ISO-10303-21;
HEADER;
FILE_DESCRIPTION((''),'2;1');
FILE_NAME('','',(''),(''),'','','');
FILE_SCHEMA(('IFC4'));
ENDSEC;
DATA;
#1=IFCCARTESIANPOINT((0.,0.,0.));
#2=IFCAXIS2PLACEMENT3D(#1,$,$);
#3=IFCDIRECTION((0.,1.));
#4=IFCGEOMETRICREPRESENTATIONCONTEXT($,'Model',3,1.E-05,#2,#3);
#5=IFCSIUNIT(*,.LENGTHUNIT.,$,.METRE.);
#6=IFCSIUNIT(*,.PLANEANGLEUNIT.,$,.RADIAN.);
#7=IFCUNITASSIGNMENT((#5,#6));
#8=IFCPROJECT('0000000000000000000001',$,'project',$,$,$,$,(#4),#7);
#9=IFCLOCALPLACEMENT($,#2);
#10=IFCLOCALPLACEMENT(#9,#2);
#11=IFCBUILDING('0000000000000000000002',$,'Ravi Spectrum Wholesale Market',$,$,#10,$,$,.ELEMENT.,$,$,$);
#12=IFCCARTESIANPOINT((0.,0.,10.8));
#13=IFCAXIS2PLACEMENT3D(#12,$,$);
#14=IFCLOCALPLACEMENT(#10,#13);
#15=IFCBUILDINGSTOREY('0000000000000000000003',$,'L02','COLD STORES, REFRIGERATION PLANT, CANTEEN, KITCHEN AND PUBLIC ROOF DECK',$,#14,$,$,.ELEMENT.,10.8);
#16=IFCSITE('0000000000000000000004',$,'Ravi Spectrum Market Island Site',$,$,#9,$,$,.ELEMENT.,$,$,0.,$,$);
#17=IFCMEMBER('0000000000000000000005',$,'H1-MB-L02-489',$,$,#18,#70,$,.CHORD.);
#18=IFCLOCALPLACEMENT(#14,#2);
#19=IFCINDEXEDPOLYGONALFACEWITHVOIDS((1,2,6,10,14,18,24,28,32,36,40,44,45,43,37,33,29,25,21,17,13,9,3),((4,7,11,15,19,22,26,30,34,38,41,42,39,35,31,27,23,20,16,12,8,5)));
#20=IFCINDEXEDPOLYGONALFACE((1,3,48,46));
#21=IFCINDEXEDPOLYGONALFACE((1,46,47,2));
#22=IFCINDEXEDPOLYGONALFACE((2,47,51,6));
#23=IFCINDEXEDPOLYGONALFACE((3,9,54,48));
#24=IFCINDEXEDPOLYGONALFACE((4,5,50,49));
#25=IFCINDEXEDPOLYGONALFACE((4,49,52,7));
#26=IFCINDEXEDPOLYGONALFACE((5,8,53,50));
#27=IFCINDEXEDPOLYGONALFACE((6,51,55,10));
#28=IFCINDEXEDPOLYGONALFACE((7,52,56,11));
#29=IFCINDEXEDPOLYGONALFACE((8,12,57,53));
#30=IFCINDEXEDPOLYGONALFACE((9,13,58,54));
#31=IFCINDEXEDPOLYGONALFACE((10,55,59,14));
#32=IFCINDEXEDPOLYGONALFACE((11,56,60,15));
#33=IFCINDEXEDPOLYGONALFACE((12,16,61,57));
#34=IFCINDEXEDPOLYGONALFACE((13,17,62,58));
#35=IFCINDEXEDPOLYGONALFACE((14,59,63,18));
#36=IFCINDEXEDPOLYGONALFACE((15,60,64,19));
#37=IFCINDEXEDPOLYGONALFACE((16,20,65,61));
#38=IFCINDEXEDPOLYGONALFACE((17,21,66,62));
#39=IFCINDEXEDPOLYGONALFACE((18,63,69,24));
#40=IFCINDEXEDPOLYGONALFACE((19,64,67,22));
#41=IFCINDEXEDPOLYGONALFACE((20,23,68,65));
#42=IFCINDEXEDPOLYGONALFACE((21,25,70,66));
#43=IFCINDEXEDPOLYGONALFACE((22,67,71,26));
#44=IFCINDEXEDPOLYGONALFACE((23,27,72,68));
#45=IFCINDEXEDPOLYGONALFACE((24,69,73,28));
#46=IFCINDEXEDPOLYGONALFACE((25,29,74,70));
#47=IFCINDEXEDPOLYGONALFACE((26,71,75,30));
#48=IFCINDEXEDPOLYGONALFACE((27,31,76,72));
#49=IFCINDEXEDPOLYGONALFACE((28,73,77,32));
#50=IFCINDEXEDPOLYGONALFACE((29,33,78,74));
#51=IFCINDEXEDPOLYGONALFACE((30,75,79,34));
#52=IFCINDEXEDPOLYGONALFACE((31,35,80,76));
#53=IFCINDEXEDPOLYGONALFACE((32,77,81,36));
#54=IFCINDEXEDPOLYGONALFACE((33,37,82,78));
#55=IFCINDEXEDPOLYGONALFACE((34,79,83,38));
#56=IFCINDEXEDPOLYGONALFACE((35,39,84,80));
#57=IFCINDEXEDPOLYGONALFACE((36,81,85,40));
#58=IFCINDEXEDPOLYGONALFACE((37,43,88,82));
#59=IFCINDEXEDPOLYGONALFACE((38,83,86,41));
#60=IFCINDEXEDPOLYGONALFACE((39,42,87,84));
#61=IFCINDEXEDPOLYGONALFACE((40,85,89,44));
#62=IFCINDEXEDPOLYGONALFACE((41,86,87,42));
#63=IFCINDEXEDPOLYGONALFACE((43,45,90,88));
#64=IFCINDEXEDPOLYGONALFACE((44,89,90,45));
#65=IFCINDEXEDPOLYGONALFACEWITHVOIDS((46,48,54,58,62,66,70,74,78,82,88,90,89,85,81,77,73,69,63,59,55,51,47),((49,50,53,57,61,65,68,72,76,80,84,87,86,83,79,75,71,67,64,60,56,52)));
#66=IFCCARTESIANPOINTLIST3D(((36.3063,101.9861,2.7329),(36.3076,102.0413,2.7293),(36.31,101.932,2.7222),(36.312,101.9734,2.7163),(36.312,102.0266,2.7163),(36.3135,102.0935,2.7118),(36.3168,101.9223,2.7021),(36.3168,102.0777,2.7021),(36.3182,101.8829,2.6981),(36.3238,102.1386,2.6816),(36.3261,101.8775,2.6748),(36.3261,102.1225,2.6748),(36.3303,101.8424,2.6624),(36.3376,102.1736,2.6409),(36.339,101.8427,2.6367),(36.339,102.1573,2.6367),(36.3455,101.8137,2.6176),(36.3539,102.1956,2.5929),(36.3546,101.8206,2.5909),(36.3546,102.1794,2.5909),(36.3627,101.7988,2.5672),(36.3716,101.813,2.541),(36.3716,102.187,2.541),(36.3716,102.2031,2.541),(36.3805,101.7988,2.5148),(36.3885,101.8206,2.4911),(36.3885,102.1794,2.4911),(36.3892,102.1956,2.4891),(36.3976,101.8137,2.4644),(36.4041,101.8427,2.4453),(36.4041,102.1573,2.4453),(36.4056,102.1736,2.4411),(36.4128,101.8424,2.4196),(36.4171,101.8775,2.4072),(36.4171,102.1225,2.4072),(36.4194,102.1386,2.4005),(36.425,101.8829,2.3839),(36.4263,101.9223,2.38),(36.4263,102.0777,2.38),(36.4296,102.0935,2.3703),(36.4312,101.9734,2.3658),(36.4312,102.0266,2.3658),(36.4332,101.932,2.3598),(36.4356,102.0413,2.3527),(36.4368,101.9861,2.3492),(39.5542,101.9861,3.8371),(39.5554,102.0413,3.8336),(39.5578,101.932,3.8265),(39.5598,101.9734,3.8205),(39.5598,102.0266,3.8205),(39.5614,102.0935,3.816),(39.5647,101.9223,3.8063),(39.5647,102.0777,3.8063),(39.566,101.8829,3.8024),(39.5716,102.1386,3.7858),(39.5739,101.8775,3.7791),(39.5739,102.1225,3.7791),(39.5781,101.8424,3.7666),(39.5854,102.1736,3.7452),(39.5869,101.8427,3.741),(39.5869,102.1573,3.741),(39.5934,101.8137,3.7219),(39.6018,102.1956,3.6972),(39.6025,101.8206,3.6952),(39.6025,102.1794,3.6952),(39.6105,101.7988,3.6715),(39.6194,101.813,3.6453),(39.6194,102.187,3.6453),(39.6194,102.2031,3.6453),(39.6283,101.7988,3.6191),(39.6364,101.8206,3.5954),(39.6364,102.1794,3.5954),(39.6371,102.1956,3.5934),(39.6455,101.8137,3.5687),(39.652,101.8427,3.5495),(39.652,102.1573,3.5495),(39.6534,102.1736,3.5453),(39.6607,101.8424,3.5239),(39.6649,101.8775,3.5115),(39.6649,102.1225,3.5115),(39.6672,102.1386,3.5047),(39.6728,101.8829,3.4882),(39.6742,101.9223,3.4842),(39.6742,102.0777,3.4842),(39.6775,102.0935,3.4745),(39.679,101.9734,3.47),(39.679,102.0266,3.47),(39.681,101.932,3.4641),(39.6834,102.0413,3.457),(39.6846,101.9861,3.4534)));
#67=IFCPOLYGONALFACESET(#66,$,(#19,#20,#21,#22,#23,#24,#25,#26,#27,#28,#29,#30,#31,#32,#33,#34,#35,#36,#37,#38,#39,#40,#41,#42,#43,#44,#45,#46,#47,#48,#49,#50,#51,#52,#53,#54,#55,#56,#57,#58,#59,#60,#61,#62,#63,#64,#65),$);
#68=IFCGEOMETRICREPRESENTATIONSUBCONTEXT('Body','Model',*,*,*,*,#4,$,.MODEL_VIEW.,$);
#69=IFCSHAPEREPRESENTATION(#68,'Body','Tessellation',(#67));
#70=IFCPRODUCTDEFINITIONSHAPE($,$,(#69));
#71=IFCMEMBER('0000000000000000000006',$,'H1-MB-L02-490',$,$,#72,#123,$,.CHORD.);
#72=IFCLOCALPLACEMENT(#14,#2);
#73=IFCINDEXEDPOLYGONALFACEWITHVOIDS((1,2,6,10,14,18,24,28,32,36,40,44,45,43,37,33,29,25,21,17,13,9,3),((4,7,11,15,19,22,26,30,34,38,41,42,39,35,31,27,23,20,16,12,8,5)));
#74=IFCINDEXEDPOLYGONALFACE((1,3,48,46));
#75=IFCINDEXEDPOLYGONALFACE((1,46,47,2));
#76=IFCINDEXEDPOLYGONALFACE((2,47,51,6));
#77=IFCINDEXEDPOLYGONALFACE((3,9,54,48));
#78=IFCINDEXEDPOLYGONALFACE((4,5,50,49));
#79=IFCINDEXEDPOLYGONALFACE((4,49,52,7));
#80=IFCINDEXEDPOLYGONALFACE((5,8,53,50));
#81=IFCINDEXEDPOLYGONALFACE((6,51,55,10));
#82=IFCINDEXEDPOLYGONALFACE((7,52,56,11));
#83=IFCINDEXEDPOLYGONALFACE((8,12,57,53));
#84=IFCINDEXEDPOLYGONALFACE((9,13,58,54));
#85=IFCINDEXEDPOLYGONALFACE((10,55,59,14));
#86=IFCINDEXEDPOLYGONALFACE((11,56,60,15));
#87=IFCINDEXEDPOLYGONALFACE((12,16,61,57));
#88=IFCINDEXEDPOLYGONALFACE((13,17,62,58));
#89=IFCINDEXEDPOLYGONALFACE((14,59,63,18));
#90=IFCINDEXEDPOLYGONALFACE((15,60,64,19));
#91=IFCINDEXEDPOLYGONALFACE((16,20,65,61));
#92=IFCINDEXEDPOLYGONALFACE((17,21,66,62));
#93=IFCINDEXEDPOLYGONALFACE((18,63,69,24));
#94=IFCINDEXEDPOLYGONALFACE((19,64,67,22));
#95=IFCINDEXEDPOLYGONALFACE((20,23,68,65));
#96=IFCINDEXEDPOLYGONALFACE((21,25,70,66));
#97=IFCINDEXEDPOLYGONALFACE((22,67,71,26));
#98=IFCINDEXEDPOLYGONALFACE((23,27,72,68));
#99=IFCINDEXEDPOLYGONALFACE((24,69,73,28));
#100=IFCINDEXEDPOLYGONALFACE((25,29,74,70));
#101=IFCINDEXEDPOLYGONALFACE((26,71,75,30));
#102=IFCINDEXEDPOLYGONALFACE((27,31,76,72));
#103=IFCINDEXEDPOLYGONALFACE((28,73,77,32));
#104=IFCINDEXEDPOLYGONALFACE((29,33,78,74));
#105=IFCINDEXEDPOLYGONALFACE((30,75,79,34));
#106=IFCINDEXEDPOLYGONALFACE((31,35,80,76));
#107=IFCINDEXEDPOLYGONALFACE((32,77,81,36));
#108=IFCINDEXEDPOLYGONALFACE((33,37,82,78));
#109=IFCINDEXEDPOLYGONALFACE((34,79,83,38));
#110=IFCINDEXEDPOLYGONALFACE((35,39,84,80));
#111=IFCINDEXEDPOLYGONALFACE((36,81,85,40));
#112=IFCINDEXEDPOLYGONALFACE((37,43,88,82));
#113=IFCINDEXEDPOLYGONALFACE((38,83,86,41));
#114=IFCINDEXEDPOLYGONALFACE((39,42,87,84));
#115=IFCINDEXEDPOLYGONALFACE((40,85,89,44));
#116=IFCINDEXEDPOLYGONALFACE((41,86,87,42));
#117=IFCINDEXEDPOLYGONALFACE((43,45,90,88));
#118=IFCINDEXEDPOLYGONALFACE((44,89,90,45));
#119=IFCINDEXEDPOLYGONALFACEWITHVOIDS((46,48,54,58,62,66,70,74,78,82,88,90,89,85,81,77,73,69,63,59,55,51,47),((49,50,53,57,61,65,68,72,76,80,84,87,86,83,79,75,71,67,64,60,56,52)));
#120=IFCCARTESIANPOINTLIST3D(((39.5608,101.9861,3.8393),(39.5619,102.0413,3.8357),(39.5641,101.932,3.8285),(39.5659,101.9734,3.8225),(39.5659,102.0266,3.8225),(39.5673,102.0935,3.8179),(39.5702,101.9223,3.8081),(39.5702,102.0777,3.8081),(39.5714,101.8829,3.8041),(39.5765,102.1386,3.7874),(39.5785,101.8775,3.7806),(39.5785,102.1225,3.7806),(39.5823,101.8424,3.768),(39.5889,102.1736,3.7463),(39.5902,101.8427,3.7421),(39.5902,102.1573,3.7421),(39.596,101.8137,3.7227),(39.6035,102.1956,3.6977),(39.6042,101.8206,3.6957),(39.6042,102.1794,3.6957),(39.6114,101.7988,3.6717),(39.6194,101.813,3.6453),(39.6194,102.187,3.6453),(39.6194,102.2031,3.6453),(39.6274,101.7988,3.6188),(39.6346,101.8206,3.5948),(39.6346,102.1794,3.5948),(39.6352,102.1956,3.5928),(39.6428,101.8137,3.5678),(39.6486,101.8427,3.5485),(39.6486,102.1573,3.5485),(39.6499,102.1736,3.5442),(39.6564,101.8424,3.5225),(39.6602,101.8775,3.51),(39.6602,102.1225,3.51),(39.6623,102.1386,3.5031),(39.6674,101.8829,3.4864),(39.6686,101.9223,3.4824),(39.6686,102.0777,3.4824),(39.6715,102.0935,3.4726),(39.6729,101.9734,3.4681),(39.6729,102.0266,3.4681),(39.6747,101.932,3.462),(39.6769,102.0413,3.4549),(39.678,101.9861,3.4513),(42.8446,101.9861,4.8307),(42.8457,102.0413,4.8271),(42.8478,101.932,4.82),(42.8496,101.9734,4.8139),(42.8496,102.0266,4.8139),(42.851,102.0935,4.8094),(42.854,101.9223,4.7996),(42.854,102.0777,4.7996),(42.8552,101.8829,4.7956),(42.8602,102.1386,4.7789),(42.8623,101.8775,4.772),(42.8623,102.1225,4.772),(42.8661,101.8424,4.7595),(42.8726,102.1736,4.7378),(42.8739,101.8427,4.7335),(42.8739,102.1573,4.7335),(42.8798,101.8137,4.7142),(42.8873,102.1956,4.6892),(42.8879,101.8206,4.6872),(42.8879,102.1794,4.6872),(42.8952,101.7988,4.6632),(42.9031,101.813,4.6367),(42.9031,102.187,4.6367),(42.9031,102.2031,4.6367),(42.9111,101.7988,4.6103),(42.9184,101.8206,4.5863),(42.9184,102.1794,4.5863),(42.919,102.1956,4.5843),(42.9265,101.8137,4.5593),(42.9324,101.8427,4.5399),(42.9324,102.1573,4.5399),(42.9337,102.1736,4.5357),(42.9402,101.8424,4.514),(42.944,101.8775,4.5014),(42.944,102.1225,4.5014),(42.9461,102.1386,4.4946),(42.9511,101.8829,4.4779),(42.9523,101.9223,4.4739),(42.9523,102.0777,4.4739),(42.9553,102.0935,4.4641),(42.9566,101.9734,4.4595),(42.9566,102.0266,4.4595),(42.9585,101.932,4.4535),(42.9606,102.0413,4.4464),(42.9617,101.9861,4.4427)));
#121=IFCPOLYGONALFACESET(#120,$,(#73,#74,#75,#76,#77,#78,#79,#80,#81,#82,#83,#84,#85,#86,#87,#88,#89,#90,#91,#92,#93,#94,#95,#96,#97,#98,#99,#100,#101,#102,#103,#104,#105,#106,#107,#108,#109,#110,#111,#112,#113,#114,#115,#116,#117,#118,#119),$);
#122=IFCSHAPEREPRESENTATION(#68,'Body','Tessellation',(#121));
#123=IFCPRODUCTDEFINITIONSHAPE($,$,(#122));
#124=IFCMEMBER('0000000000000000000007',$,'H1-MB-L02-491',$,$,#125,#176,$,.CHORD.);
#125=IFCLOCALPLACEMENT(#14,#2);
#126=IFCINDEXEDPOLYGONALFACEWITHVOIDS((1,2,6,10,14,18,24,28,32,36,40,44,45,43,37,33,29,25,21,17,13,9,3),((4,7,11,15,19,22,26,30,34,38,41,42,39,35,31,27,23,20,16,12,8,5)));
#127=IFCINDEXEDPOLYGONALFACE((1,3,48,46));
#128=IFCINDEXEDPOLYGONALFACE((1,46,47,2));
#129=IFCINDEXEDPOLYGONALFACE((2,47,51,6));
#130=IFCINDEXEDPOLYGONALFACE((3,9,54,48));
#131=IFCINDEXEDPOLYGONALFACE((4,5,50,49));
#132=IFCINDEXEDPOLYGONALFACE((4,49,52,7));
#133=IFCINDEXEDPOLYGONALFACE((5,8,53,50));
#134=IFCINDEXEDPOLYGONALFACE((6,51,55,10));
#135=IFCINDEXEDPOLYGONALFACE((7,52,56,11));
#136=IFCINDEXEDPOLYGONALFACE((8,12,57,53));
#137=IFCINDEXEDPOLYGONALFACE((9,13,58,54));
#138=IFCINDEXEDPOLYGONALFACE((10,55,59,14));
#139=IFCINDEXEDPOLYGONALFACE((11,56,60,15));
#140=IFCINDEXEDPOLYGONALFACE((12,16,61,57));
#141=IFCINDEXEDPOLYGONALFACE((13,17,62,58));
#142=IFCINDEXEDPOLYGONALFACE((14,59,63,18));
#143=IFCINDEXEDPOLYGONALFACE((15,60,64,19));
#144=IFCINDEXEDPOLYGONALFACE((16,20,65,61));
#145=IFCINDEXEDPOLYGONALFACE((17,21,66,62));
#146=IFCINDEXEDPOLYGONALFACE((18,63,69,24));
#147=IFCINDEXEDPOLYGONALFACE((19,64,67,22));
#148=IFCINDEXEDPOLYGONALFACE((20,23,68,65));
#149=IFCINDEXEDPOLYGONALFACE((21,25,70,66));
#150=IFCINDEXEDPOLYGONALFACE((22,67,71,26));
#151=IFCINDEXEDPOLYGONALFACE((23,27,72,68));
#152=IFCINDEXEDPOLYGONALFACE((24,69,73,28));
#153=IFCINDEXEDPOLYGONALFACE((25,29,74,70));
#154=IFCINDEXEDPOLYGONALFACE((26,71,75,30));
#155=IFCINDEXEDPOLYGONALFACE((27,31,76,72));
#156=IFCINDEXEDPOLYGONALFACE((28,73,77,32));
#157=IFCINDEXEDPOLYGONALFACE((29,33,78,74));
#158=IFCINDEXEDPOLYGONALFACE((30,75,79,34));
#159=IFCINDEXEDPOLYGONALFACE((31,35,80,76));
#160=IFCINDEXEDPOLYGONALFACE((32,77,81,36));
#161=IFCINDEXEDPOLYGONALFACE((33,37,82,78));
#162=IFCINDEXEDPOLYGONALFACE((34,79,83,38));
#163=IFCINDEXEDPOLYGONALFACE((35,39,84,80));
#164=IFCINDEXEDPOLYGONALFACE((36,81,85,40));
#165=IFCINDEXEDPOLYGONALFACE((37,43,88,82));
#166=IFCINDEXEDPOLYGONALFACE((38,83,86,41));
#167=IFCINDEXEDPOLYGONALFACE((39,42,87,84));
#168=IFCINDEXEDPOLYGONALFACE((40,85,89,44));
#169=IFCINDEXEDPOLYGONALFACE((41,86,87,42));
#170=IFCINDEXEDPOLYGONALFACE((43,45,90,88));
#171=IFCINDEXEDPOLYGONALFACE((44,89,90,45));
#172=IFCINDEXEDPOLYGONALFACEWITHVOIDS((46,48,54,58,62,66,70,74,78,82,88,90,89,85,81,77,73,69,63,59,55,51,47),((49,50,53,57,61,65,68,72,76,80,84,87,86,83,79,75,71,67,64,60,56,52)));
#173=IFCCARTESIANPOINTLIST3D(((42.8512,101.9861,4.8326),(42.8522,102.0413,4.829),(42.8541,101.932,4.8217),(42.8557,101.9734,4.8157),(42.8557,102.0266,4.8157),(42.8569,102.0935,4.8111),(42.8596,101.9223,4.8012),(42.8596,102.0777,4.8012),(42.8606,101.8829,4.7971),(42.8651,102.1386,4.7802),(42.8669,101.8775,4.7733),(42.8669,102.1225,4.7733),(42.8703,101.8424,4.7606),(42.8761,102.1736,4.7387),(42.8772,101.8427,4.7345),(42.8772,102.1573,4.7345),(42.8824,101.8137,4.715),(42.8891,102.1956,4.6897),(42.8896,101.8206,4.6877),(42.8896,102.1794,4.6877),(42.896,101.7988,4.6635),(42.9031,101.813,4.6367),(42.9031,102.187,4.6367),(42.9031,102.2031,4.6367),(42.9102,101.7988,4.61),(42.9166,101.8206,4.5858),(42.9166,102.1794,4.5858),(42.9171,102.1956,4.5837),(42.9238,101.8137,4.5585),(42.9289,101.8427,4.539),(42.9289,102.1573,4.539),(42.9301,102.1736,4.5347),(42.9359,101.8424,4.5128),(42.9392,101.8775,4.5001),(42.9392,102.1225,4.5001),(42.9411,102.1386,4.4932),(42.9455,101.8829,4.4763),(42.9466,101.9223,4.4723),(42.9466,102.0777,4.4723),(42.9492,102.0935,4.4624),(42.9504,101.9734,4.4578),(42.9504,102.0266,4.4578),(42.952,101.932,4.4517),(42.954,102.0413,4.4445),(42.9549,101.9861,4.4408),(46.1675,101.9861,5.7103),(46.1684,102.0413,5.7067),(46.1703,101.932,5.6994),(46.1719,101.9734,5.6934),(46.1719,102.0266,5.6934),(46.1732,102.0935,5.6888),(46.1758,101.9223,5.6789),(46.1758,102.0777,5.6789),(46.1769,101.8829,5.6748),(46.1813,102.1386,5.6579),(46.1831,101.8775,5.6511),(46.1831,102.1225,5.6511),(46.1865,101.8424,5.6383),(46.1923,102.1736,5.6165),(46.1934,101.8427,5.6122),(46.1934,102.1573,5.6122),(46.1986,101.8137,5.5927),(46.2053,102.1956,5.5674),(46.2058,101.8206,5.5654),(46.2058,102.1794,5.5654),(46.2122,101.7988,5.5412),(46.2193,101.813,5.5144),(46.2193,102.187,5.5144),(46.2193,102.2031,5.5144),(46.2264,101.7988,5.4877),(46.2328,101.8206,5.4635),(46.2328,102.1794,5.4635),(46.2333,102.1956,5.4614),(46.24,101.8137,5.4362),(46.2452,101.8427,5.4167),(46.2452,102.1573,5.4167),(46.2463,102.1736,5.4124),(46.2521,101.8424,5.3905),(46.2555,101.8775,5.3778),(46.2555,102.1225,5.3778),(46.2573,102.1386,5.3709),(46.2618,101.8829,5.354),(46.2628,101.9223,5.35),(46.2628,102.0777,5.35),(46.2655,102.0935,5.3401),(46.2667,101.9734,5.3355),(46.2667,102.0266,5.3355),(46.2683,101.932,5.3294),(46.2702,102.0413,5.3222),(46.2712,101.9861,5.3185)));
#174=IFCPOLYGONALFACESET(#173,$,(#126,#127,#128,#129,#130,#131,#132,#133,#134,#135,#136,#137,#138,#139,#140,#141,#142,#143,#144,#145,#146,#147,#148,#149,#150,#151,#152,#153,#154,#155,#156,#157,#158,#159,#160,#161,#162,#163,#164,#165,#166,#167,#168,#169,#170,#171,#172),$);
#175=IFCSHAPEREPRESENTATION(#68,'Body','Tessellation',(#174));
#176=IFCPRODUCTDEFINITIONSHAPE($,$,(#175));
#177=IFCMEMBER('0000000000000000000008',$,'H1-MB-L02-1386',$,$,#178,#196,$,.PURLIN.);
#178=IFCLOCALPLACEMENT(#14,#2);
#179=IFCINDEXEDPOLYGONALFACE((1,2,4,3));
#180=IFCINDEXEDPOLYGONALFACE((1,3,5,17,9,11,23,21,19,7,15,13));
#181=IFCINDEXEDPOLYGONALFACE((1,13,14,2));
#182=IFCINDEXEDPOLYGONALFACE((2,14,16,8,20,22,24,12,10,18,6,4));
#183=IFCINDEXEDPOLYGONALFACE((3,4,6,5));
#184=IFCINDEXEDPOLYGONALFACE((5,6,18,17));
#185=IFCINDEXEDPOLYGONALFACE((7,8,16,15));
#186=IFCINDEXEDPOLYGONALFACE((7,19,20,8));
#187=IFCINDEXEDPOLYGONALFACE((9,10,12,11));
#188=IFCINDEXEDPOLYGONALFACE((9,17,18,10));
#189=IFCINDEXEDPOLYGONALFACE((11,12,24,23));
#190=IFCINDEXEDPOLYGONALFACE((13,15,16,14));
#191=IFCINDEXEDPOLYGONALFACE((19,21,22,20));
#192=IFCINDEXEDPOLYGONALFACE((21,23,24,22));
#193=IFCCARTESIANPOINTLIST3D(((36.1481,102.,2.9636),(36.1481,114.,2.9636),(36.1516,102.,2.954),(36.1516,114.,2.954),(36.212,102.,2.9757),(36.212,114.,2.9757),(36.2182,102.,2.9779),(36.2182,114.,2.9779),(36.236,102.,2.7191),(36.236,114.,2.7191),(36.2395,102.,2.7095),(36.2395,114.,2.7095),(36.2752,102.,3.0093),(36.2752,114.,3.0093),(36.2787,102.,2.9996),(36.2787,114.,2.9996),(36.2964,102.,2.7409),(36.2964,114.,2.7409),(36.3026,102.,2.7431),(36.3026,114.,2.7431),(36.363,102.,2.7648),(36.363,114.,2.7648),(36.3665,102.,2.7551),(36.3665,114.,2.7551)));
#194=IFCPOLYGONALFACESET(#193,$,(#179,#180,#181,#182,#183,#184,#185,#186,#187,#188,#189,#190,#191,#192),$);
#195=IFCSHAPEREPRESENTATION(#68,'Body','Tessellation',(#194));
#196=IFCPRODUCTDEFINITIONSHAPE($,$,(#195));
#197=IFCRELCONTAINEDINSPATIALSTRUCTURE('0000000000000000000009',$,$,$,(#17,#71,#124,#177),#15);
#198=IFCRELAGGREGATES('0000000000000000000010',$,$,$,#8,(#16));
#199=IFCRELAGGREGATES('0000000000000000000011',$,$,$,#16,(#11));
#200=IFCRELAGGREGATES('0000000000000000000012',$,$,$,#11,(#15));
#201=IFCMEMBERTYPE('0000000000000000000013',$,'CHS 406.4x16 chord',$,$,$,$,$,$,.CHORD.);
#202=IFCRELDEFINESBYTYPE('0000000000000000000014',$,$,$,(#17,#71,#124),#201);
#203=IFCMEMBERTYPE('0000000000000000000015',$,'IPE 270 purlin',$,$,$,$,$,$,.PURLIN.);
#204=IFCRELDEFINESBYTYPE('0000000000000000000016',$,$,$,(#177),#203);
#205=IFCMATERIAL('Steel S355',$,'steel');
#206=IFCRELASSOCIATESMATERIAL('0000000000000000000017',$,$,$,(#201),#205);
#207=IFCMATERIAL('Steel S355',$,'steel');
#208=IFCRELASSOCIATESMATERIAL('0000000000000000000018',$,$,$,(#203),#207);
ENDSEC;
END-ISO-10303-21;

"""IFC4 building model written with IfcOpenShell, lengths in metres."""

from ifc_helpers import new_model, si_unit, direction, frame, origin, origin_2d, place, context, subcontext, project, spatial, hollow_circle, i_section, extrude, material, material_profile, profile_set, type_object, element, save


model = new_model("IFC4")

# Units and contexts
model_context = context("Model", 3, precision=1e-05, world=origin(), true_north=direction((0.0, 1.0)))
body_context = subcontext(model_context, "Body", "Model", "MODEL_VIEW")
ifc_project = project(units=[si_unit("LENGTHUNIT", "METRE"), si_unit("PLANEANGLEUNIT", "RADIAN")], contexts=[model_context])

# Site, building, storey
site_placement = place(None, origin())
site = spatial("IfcSite", under=ifc_project, at=site_placement, Name="Ravi Spectrum Market Island Site", CompositionType="ELEMENT", RefElevation=0.0)
building_placement = place(site_placement, origin())
building = spatial("IfcBuilding", under=site, at=building_placement, Name="Ravi Spectrum Wholesale Market", CompositionType="ELEMENT")
storey_placement = place(building_placement, frame((0.0, 0.0, 10.8)))
storey = spatial("IfcBuildingStorey", under=building, at=storey_placement, Name="L02", Description="COLD STORES, REFRIGERATION PLANT, CANTEEN, KITCHEN AND PUBLIC ROOF DECK", CompositionType="ELEMENT", Elevation=10.8)

# Members
ifc_material_1 = material(Name="Steel S355", Category="steel")
ifc_material_profile_1 = material_profile(ifc_material_1, hollow_circle(Radius=0.2031, WallThickness=0.0161, at=origin_2d()))
ifc_profile_set_1 = profile_set([ifc_material_profile_1], Name="Steel S355")
member_type_1 = type_object("IfcMemberType", Name="CHS 406.4x16 chord", PredefinedType="CHORD", material=ifc_profile_set_1)
member_1_placement = place(storey_placement, frame((36.3716, 102.0, 2.541), z_axis=(0.946773, 0.0, 0.321901), x_axis=(0.0, 1.0, 0.0)))
element("IfcMember", 1, at=member_1_placement, inside=storey, type_object=member_type_1, Name="H1-MB-L02-489", PredefinedType="CHORD", context=body_context, shape_type="SweptSolid", body=[
    extrude(hollow_circle(Radius=0.2031, WallThickness=0.0161, at=origin_2d()), origin(), (0.0, 0.0, 1.0), 3.4304),
])
member_2_placement = place(storey_placement, frame((39.6194, 102.0, 3.6453), z_axis=(0.957315, 0.0, 0.289045), x_axis=(0.0, 1.0, 0.0)))
element("IfcMember", 2, at=member_2_placement, inside=storey, type_object=member_type_1, Name="H1-MB-L02-490", PredefinedType="CHORD", context=body_context, shape_type="SweptSolid", body=[
    extrude(hollow_circle(Radius=0.2031, WallThickness=0.0161, at=origin_2d()), origin(), (0.0, 0.0, 1.0), 3.4302),
])
member_3_placement = place(storey_placement, frame((42.9031, 102.0, 4.6367), z_axis=(0.966714, 0.0, 0.255859), x_axis=(0.0, 1.0, 0.0)))
element("IfcMember", 3, at=member_3_placement, inside=storey, type_object=member_type_1, Name="H1-MB-L02-491", PredefinedType="CHORD", context=body_context, shape_type="SweptSolid", body=[
    extrude(hollow_circle(Radius=0.2031, WallThickness=0.0161, at=origin_2d()), origin(), (0.0, 0.0, 1.0), 3.4304),
])
ifc_material_2 = material(Name="Steel S355", Category="steel")
ifc_material_profile_2 = material_profile(ifc_material_2, i_section(OverallWidth=0.135, OverallDepth=0.27, WebThickness=0.0066, FlangeThickness=0.0103, at=origin_2d()))
ifc_profile_set_2 = profile_set([ifc_material_profile_2], Name="Steel S355")
member_type_2 = type_object("IfcMemberType", Name="IPE 270 purlin", PredefinedType="PURLIN", material=ifc_profile_set_2)
for number, where, z_axis, x_axis, name in (
    (4, (36.2573, 102.0, 2.8594), (0.0, 1.0, 0.0), (-0.94108, 0.0, -0.338184), "H1-MB-L02-1386"),
):
    element("IfcMember", number, at=place(storey_placement, frame(where, z_axis=z_axis, x_axis=x_axis)), inside=storey, type_object=member_type_2, Name=name, PredefinedType="PURLIN", context=body_context, shape_type="SweptSolid", body=[
        extrude(i_section(OverallWidth=0.135, OverallDepth=0.27, WebThickness=0.0066, FlangeThickness=0.0103, at=origin_2d()), origin(), (0.0, 0.0, 1.0), 12.0),
    ])

save(model, "model.ifc")
